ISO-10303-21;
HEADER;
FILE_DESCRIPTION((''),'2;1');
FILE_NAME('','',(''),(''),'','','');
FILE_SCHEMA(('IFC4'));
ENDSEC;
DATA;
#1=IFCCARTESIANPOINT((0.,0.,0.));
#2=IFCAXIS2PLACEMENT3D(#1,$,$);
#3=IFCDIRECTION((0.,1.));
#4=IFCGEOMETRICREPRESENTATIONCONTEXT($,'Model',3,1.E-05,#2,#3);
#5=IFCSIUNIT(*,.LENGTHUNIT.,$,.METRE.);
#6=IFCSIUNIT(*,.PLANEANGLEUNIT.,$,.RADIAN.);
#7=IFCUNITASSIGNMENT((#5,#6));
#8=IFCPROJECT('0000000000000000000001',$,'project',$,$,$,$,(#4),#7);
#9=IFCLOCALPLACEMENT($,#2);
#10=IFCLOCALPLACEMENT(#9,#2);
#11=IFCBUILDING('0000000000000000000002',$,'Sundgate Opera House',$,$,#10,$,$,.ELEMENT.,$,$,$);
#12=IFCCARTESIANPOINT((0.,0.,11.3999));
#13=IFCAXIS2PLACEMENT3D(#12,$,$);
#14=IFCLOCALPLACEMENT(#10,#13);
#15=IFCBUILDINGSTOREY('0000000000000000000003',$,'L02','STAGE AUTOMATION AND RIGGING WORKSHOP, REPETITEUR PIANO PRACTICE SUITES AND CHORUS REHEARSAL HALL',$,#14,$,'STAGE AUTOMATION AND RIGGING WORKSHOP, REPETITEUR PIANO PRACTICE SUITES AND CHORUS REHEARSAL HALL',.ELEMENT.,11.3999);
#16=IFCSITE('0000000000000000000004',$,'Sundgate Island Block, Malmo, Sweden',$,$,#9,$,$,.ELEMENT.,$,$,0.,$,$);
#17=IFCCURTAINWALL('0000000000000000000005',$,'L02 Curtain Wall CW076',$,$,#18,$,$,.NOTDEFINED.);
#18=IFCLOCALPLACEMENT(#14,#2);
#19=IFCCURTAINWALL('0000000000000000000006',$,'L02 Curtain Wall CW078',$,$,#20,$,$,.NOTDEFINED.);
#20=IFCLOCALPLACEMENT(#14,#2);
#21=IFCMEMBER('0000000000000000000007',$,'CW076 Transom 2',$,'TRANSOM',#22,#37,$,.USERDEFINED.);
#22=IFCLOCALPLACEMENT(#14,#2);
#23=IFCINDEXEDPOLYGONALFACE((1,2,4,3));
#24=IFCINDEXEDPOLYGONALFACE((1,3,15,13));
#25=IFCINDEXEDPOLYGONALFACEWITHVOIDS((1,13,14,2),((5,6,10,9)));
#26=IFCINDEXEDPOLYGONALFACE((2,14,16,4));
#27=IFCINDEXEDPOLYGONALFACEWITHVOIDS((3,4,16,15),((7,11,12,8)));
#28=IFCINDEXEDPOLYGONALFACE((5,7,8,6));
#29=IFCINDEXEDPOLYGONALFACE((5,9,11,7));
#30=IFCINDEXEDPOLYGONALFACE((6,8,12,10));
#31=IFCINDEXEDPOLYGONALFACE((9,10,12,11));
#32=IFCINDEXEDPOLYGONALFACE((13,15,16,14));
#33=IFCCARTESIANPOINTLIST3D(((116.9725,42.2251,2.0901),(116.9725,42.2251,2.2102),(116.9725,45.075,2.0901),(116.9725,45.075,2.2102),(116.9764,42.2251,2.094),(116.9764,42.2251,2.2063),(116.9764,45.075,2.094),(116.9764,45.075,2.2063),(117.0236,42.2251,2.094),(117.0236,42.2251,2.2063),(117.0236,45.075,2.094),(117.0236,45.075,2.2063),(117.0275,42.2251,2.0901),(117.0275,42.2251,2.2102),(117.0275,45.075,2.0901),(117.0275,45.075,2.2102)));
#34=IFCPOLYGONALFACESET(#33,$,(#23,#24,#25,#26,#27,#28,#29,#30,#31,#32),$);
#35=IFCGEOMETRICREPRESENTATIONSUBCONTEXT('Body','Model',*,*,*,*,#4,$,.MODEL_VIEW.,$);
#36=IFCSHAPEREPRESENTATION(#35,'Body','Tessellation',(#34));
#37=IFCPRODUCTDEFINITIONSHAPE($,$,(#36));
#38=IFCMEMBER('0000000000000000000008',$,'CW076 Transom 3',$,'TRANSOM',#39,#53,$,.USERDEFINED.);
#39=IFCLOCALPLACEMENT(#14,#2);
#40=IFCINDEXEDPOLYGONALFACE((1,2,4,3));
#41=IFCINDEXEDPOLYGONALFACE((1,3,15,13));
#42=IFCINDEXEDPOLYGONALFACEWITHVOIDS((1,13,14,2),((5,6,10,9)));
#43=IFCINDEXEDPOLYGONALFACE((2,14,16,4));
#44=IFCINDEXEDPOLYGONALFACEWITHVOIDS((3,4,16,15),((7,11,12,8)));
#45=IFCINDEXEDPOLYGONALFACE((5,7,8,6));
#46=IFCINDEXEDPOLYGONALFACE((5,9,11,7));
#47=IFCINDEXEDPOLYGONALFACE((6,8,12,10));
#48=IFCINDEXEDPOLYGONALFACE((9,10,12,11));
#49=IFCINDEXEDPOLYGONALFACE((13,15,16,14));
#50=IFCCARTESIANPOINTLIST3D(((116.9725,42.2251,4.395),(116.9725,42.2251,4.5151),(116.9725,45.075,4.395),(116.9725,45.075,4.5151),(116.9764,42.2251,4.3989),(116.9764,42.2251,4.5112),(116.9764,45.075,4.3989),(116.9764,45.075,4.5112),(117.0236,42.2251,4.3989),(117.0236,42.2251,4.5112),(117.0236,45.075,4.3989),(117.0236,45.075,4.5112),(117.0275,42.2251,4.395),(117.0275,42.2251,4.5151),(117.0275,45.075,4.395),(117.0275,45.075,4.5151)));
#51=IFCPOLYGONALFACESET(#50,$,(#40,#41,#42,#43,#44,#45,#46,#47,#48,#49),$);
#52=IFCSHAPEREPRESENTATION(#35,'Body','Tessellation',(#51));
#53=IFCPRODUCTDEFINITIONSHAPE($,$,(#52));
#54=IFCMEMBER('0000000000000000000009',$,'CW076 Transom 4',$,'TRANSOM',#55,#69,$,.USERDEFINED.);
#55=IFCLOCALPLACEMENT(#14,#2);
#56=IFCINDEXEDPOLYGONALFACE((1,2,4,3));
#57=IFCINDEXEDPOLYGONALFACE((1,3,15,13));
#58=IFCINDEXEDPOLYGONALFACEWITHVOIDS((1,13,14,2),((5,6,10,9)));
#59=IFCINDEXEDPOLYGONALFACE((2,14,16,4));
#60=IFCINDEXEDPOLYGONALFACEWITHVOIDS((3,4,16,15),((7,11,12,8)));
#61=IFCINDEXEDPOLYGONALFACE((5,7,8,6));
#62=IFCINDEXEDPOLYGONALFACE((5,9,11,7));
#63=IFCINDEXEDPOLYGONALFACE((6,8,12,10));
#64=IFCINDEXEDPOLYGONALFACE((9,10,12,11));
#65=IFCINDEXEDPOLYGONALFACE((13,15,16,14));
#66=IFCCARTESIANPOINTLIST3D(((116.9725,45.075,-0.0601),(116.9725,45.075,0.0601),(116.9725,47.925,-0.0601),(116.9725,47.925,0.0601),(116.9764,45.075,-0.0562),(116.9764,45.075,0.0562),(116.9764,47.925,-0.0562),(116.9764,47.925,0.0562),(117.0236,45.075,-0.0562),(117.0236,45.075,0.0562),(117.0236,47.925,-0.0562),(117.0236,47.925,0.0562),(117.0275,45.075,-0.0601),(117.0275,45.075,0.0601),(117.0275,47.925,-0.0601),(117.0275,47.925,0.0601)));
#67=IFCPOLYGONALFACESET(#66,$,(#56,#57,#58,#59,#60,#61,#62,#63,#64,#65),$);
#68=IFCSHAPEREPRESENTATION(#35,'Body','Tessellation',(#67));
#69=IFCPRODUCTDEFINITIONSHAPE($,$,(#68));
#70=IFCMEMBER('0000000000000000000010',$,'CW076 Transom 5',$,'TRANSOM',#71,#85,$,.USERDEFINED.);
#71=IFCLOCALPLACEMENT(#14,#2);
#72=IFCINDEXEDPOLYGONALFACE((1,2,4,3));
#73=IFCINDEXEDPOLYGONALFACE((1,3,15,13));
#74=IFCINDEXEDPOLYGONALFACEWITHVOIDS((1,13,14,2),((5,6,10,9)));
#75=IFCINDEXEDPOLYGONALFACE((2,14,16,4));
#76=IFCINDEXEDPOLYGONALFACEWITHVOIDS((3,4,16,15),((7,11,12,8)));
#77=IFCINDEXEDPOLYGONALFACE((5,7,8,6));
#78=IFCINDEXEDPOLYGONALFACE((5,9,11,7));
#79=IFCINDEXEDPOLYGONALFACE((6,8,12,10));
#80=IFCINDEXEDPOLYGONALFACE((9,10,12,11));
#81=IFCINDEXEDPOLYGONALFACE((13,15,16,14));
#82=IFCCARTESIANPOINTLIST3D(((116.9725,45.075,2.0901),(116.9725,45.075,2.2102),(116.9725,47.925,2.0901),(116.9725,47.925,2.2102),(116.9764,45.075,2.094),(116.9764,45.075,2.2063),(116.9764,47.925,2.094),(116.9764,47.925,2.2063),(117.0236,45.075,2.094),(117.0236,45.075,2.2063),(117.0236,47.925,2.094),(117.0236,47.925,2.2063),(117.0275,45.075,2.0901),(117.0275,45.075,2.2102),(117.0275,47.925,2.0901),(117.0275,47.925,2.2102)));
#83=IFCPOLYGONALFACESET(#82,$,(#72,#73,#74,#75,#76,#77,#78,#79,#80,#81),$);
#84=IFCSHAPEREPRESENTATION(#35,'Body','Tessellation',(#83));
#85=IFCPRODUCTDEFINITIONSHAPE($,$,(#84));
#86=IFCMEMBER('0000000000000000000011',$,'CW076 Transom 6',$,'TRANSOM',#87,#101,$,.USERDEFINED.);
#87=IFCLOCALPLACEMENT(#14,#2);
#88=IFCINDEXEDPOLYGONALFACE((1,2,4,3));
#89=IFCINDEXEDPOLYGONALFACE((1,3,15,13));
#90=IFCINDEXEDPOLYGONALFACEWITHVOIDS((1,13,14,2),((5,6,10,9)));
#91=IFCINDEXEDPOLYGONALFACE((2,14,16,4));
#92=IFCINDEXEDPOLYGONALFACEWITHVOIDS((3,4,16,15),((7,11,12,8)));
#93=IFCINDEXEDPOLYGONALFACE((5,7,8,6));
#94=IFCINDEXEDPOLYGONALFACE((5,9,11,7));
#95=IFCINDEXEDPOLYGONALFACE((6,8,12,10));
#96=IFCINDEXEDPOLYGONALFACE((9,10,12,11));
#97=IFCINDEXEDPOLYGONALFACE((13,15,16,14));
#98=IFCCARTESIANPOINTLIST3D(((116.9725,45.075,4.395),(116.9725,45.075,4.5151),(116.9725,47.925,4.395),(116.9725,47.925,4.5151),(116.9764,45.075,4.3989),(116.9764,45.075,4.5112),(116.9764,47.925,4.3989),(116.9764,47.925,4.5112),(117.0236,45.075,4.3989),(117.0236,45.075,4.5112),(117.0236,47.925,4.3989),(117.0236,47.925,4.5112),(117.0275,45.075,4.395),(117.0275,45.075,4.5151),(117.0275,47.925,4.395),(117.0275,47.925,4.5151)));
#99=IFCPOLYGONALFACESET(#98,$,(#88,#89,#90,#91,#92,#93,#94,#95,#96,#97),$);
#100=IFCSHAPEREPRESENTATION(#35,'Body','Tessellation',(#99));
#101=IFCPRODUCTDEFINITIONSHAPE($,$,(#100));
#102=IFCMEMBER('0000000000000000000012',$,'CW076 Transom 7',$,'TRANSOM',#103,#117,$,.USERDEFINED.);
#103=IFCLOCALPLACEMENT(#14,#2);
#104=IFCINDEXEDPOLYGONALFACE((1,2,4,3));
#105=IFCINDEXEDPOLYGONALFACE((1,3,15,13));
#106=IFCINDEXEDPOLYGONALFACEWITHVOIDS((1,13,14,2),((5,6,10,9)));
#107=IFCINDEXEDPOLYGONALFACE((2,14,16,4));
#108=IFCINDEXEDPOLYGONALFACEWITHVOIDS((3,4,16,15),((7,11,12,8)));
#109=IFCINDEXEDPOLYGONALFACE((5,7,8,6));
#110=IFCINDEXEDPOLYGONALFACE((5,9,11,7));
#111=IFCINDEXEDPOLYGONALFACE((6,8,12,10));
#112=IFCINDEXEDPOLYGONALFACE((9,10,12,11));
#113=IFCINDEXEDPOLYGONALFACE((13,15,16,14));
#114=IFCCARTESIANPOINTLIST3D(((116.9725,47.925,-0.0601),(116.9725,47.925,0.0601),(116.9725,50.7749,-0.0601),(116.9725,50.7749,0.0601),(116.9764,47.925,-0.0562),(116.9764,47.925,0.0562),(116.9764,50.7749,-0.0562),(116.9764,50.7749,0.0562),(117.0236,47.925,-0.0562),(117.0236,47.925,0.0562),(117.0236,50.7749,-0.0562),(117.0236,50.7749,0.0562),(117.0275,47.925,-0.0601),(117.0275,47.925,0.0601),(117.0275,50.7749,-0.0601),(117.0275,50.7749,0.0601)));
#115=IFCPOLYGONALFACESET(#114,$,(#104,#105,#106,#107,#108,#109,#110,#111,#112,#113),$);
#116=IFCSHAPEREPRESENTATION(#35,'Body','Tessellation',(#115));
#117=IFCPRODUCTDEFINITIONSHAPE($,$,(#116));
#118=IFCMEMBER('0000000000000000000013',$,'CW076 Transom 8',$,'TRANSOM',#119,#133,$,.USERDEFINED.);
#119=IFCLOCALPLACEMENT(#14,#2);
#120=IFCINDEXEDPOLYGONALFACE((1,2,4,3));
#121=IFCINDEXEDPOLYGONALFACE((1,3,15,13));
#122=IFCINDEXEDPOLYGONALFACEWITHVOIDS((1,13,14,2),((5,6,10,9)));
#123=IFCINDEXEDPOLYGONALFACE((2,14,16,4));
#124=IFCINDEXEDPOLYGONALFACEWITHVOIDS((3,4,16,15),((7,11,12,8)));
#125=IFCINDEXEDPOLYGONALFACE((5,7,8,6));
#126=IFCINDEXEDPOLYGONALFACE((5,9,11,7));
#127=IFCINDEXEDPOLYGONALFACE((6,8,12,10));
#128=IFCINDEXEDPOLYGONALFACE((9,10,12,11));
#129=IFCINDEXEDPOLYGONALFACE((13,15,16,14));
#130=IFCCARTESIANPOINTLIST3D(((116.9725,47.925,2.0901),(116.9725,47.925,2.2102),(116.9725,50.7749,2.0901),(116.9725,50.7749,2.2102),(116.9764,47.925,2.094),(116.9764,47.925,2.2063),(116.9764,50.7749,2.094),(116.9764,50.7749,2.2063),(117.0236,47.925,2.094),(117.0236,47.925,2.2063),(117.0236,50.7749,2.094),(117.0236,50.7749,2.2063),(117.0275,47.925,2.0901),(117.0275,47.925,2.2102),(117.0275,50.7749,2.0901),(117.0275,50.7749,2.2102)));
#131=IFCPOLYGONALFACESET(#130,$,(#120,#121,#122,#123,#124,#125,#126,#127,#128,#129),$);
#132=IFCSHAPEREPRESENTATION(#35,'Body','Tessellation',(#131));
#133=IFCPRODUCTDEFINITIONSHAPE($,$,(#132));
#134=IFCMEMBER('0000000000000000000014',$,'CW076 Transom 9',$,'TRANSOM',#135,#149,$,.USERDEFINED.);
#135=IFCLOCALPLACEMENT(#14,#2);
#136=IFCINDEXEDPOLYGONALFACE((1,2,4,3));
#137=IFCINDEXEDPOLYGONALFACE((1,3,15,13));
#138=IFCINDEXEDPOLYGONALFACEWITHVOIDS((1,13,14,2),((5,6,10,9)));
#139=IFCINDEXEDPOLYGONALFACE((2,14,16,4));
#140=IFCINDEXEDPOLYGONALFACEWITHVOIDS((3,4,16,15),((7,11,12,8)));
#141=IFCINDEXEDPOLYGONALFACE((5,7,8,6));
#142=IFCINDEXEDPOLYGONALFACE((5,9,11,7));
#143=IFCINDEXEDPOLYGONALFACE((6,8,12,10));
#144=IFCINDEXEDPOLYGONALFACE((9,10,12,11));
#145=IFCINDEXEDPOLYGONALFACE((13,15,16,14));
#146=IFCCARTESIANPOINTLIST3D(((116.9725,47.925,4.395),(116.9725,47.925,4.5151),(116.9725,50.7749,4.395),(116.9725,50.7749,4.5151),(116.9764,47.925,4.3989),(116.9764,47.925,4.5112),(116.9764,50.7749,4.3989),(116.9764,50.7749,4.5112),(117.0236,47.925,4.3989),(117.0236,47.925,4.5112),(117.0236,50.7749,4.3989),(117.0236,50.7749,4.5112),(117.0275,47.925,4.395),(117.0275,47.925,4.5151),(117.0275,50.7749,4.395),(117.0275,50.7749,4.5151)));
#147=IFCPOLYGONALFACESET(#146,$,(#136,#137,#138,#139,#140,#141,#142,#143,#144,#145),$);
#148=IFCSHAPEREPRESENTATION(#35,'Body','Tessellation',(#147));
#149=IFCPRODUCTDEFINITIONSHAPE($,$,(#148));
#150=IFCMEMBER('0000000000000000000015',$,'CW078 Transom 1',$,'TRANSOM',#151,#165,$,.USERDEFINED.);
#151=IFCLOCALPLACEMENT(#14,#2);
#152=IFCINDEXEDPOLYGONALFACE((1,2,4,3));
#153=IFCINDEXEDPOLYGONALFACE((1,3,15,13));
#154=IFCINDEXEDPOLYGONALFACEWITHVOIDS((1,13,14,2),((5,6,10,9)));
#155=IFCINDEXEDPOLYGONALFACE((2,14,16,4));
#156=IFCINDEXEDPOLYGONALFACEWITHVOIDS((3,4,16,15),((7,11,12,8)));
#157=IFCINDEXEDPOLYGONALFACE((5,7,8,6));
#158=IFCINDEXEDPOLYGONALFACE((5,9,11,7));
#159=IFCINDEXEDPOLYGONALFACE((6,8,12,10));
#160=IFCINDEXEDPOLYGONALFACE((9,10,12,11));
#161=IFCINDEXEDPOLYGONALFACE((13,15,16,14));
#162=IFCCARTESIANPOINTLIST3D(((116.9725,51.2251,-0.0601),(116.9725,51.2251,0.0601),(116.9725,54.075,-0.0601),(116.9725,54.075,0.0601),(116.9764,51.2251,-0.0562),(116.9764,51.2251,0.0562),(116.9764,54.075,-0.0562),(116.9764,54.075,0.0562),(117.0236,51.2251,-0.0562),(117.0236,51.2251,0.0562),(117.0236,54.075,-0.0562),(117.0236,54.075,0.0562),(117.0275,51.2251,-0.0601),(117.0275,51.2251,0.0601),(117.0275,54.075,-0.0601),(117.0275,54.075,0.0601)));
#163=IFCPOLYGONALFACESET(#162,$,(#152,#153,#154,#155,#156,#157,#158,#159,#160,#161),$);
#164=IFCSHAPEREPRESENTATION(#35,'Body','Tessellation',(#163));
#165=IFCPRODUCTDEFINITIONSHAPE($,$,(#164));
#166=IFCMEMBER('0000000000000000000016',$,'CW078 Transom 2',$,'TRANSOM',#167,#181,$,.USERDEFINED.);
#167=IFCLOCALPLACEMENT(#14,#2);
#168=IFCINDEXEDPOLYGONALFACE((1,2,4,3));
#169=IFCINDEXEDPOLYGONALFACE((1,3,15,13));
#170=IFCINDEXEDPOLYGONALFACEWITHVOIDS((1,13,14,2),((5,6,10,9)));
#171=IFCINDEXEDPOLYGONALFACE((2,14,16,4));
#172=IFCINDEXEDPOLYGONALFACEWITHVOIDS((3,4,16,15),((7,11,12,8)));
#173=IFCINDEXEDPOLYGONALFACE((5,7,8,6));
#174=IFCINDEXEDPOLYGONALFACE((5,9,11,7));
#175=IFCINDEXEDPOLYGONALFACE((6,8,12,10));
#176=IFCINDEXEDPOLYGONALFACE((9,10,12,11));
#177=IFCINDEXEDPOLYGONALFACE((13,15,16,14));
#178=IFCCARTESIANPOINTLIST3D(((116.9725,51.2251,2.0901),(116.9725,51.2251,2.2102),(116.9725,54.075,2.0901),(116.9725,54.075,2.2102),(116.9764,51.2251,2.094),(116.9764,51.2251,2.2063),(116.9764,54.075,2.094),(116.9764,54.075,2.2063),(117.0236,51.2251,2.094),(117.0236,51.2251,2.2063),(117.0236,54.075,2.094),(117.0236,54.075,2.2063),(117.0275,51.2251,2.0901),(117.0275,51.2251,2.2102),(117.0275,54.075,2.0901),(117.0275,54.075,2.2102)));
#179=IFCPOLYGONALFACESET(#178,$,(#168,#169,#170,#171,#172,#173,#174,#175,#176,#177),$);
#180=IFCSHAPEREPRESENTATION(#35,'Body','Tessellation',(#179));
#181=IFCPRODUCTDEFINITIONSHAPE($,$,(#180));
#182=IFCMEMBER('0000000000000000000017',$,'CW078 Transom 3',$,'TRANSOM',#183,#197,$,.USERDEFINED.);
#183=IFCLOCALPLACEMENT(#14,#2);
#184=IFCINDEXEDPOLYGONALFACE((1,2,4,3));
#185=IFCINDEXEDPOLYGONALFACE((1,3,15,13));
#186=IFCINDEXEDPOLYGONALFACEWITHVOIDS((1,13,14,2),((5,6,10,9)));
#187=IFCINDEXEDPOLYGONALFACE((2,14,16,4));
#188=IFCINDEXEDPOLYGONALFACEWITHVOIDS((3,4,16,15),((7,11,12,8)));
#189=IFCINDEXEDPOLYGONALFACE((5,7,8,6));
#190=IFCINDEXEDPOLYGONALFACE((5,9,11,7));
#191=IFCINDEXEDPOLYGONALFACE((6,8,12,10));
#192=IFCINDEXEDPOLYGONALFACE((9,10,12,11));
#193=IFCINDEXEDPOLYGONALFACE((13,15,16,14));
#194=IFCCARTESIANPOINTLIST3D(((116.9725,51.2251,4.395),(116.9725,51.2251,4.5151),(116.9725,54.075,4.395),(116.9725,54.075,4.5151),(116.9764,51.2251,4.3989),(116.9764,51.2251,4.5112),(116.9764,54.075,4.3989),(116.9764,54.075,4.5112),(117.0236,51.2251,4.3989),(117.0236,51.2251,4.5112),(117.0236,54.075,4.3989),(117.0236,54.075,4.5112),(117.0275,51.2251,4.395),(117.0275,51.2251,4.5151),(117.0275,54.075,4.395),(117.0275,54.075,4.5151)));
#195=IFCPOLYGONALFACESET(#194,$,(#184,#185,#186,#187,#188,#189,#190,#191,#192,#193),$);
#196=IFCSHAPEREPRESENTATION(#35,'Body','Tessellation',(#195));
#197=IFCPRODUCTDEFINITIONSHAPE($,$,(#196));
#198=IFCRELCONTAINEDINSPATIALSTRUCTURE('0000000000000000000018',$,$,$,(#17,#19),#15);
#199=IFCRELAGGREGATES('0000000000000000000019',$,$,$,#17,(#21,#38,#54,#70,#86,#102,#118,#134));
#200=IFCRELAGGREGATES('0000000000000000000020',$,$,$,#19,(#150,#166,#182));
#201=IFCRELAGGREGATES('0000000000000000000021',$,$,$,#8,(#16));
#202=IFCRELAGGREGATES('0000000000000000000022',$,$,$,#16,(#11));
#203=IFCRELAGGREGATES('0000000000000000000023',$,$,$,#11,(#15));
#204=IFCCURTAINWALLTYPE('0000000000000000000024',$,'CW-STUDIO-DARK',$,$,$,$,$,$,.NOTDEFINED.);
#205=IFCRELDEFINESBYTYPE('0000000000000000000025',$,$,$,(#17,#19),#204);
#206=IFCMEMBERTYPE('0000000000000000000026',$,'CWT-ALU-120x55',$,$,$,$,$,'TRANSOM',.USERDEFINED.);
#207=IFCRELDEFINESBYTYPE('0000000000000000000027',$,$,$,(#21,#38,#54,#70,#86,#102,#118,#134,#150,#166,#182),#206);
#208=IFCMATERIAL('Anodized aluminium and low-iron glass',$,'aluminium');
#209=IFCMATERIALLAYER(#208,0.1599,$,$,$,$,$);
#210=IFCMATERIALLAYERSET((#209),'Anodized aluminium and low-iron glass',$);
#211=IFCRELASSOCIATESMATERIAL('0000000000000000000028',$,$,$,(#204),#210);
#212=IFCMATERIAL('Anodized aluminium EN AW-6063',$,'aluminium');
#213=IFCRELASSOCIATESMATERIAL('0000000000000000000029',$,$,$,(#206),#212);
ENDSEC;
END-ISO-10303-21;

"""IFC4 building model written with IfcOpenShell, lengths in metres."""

from ifc_helpers import new_model, si_unit, direction, frame, origin, origin_2d, place, context, subcontext, project, spatial, hollow_rectangle, extrude, material, layer, layer_set, material_profile, profile_set, type_object, element, aggregate, save


model = new_model("IFC4")

# Units and contexts
model_context = context("Model", 3, precision=1e-05, world=origin(), true_north=direction((0.0, 1.0)))
body_context = subcontext(model_context, "Body", "Model", "MODEL_VIEW")
ifc_project = project(units=[si_unit("LENGTHUNIT", "METRE"), si_unit("PLANEANGLEUNIT", "RADIAN")], contexts=[model_context])

# Site, building, storey
site_placement = place(None, origin())
site = spatial("IfcSite", under=ifc_project, at=site_placement, Name="Sundgate Island Block, Malmo, Sweden", CompositionType="ELEMENT", RefElevation=0.0)
building_placement = place(site_placement, origin())
building = spatial("IfcBuilding", under=site, at=building_placement, Name="Sundgate Opera House", CompositionType="ELEMENT")
storey_placement = place(building_placement, frame((0.0, 0.0, 11.3999)))
storey = spatial("IfcBuildingStorey", under=building, at=storey_placement, Name="L02", Description="STAGE AUTOMATION AND RIGGING WORKSHOP, REPETITEUR PIANO PRACTICE SUITES AND CHORUS REHEARSAL HALL", LongName="STAGE AUTOMATION AND RIGGING WORKSHOP, REPETITEUR PIANO PRACTICE SUITES AND CHORUS REHEARSAL HALL", CompositionType="ELEMENT", Elevation=11.3999)

# Curtain walls
ifc_material_1 = material(Name="Anodized aluminium and low-iron glass", Category="aluminium")
ifc_layer_1 = layer(ifc_material_1, 0.1599)
ifc_layer_set_1 = layer_set([ifc_layer_1], Name="Anodized aluminium and low-iron glass")
curtain_wall_type = type_object("IfcCurtainWallType", Name="CW-STUDIO-DARK", PredefinedType="NOTDEFINED", material=ifc_layer_set_1)
curtain_wall_1_placement = place(storey_placement, origin())
curtain_wall_1 = element("IfcCurtainWall", 1, at=curtain_wall_1_placement, inside=storey, type_object=curtain_wall_type, Name="L02 Curtain Wall CW076", PredefinedType="NOTDEFINED")
curtain_wall_2_placement = place(storey_placement, origin())
curtain_wall_2 = element("IfcCurtainWall", 2, at=curtain_wall_2_placement, inside=storey, type_object=curtain_wall_type, Name="L02 Curtain Wall CW078", PredefinedType="NOTDEFINED")

# Members
ifc_material_2 = material(Name="Anodized aluminium EN AW-6063", Category="aluminium")
ifc_material_profile_1 = material_profile(ifc_material_2, hollow_rectangle(XDim=0.0549, YDim=0.1201, WallThickness=0.0039, at=origin_2d()), Name="CWT 120x55x4")
ifc_profile_set_1 = profile_set([ifc_material_profile_1], Name="Anodized aluminium EN AW-6063")
member_type_1 = type_object("IfcMemberType", Name="CWT-ALU-120x55", ElementType="TRANSOM", PredefinedType="USERDEFINED", material=ifc_profile_set_1)
member_1_placement = place(storey_placement, frame((117.0, 42.2251, 2.1501), z_axis=(0.0, 1.0, 0.0), x_axis=(-1.0, 0.0, 0.0)))
member_1 = element("IfcMember", 3, at=member_1_placement, type_object=member_type_1, Name="CW076 Transom 2", ObjectType="TRANSOM", PredefinedType="USERDEFINED", context=body_context, shape_type="SweptSolid", body=[
    extrude(hollow_rectangle(XDim=0.0549, YDim=0.1201, WallThickness=0.0039, at=origin_2d()), origin(), (0.0, 0.0, 1.0), 2.8499),
])
member_2_placement = place(storey_placement, frame((117.0, 42.2251, 4.4551), z_axis=(0.0, 1.0, 0.0), x_axis=(-1.0, 0.0, 0.0)))
member_2 = element("IfcMember", 4, at=member_2_placement, type_object=member_type_1, Name="CW076 Transom 3", ObjectType="TRANSOM", PredefinedType="USERDEFINED", context=body_context, shape_type="SweptSolid", body=[
    extrude(hollow_rectangle(XDim=0.0549, YDim=0.1201, WallThickness=0.0039, at=origin_2d()), origin(), (0.0, 0.0, 1.0), 2.8499),
])
member_3_placement = place(storey_placement, frame((117.0, 45.075, 0.0), z_axis=(0.0, 1.0, 0.0), x_axis=(-1.0, 0.0, 0.0)))
member_3 = element("IfcMember", 5, at=member_3_placement, type_object=member_type_1, Name="CW076 Transom 4", ObjectType="TRANSOM", PredefinedType="USERDEFINED", context=body_context, shape_type="SweptSolid", body=[
    extrude(hollow_rectangle(XDim=0.0549, YDim=0.1201, WallThickness=0.0039, at=origin_2d()), origin(), (0.0, 0.0, 1.0), 2.8501),
])
member_4_placement = place(storey_placement, frame((117.0, 45.075, 2.1501), z_axis=(0.0, 1.0, 0.0), x_axis=(-1.0, 0.0, 0.0)))
member_4 = element("IfcMember", 6, at=member_4_placement, type_object=member_type_1, Name="CW076 Transom 5", ObjectType="TRANSOM", PredefinedType="USERDEFINED", context=body_context, shape_type="SweptSolid", body=[
    extrude(hollow_rectangle(XDim=0.0549, YDim=0.1201, WallThickness=0.0039, at=origin_2d()), origin(), (0.0, 0.0, 1.0), 2.8501),
])
member_5_placement = place(storey_placement, frame((117.0, 45.075, 4.4551), z_axis=(0.0, 1.0, 0.0), x_axis=(-1.0, 0.0, 0.0)))
member_5 = element("IfcMember", 7, at=member_5_placement, type_object=member_type_1, Name="CW076 Transom 6", ObjectType="TRANSOM", PredefinedType="USERDEFINED", context=body_context, shape_type="SweptSolid", body=[
    extrude(hollow_rectangle(XDim=0.0549, YDim=0.1201, WallThickness=0.0039, at=origin_2d()), origin(), (0.0, 0.0, 1.0), 2.8501),
])
member_6_placement = place(storey_placement, frame((117.0, 47.925, 0.0), z_axis=(0.0, 1.0, 0.0), x_axis=(-1.0, 0.0, 0.0)))
member_6 = element("IfcMember", 8, at=member_6_placement, type_object=member_type_1, Name="CW076 Transom 7", ObjectType="TRANSOM", PredefinedType="USERDEFINED", context=body_context, shape_type="SweptSolid", body=[
    extrude(hollow_rectangle(XDim=0.0549, YDim=0.1201, WallThickness=0.0039, at=origin_2d()), origin(), (0.0, 0.0, 1.0), 2.8499),
])
member_7_placement = place(storey_placement, frame((117.0, 47.925, 2.1501), z_axis=(0.0, 1.0, 0.0), x_axis=(-1.0, 0.0, 0.0)))
member_7 = element("IfcMember", 9, at=member_7_placement, type_object=member_type_1, Name="CW076 Transom 8", ObjectType="TRANSOM", PredefinedType="USERDEFINED", context=body_context, shape_type="SweptSolid", body=[
    extrude(hollow_rectangle(XDim=0.0549, YDim=0.1201, WallThickness=0.0039, at=origin_2d()), origin(), (0.0, 0.0, 1.0), 2.8499),
])
member_8_placement = place(storey_placement, frame((117.0, 47.925, 4.4551), z_axis=(0.0, 1.0, 0.0), x_axis=(-1.0, 0.0, 0.0)))
member_8 = element("IfcMember", 10, at=member_8_placement, type_object=member_type_1, Name="CW076 Transom 9", ObjectType="TRANSOM", PredefinedType="USERDEFINED", context=body_context, shape_type="SweptSolid", body=[
    extrude(hollow_rectangle(XDim=0.0549, YDim=0.1201, WallThickness=0.0039, at=origin_2d()), origin(), (0.0, 0.0, 1.0), 2.8499),
])
member_9_placement = place(storey_placement, frame((117.0, 51.2251, 0.0), z_axis=(0.0, 1.0, 0.0), x_axis=(-1.0, 0.0, 0.0)))
member_9 = element("IfcMember", 11, at=member_9_placement, type_object=member_type_1, Name="CW078 Transom 1", ObjectType="TRANSOM", PredefinedType="USERDEFINED", context=body_context, shape_type="SweptSolid", body=[
    extrude(hollow_rectangle(XDim=0.0549, YDim=0.1201, WallThickness=0.0039, at=origin_2d()), origin(), (0.0, 0.0, 1.0), 2.8499),
])
member_10_placement = place(storey_placement, frame((117.0, 51.2251, 2.1501), z_axis=(0.0, 1.0, 0.0), x_axis=(-1.0, 0.0, 0.0)))
member_10 = element("IfcMember", 12, at=member_10_placement, type_object=member_type_1, Name="CW078 Transom 2", ObjectType="TRANSOM", PredefinedType="USERDEFINED", context=body_context, shape_type="SweptSolid", body=[
    extrude(hollow_rectangle(XDim=0.0549, YDim=0.1201, WallThickness=0.0039, at=origin_2d()), origin(), (0.0, 0.0, 1.0), 2.8499),
])
member_11_placement = place(storey_placement, frame((117.0, 51.2251, 4.4551), z_axis=(0.0, 1.0, 0.0), x_axis=(-1.0, 0.0, 0.0)))
member_11 = element("IfcMember", 13, at=member_11_placement, type_object=member_type_1, Name="CW078 Transom 3", ObjectType="TRANSOM", PredefinedType="USERDEFINED", context=body_context, shape_type="SweptSolid", body=[
    extrude(hollow_rectangle(XDim=0.0549, YDim=0.1201, WallThickness=0.0039, at=origin_2d()), origin(), (0.0, 0.0, 1.0), 2.8499),
])

aggregate(curtain_wall_1, [member_1, member_2, member_3, member_4, member_5, member_6, member_7, member_8])
aggregate(curtain_wall_2, [member_9, member_10, member_11])

save(model, "model.ifc")
